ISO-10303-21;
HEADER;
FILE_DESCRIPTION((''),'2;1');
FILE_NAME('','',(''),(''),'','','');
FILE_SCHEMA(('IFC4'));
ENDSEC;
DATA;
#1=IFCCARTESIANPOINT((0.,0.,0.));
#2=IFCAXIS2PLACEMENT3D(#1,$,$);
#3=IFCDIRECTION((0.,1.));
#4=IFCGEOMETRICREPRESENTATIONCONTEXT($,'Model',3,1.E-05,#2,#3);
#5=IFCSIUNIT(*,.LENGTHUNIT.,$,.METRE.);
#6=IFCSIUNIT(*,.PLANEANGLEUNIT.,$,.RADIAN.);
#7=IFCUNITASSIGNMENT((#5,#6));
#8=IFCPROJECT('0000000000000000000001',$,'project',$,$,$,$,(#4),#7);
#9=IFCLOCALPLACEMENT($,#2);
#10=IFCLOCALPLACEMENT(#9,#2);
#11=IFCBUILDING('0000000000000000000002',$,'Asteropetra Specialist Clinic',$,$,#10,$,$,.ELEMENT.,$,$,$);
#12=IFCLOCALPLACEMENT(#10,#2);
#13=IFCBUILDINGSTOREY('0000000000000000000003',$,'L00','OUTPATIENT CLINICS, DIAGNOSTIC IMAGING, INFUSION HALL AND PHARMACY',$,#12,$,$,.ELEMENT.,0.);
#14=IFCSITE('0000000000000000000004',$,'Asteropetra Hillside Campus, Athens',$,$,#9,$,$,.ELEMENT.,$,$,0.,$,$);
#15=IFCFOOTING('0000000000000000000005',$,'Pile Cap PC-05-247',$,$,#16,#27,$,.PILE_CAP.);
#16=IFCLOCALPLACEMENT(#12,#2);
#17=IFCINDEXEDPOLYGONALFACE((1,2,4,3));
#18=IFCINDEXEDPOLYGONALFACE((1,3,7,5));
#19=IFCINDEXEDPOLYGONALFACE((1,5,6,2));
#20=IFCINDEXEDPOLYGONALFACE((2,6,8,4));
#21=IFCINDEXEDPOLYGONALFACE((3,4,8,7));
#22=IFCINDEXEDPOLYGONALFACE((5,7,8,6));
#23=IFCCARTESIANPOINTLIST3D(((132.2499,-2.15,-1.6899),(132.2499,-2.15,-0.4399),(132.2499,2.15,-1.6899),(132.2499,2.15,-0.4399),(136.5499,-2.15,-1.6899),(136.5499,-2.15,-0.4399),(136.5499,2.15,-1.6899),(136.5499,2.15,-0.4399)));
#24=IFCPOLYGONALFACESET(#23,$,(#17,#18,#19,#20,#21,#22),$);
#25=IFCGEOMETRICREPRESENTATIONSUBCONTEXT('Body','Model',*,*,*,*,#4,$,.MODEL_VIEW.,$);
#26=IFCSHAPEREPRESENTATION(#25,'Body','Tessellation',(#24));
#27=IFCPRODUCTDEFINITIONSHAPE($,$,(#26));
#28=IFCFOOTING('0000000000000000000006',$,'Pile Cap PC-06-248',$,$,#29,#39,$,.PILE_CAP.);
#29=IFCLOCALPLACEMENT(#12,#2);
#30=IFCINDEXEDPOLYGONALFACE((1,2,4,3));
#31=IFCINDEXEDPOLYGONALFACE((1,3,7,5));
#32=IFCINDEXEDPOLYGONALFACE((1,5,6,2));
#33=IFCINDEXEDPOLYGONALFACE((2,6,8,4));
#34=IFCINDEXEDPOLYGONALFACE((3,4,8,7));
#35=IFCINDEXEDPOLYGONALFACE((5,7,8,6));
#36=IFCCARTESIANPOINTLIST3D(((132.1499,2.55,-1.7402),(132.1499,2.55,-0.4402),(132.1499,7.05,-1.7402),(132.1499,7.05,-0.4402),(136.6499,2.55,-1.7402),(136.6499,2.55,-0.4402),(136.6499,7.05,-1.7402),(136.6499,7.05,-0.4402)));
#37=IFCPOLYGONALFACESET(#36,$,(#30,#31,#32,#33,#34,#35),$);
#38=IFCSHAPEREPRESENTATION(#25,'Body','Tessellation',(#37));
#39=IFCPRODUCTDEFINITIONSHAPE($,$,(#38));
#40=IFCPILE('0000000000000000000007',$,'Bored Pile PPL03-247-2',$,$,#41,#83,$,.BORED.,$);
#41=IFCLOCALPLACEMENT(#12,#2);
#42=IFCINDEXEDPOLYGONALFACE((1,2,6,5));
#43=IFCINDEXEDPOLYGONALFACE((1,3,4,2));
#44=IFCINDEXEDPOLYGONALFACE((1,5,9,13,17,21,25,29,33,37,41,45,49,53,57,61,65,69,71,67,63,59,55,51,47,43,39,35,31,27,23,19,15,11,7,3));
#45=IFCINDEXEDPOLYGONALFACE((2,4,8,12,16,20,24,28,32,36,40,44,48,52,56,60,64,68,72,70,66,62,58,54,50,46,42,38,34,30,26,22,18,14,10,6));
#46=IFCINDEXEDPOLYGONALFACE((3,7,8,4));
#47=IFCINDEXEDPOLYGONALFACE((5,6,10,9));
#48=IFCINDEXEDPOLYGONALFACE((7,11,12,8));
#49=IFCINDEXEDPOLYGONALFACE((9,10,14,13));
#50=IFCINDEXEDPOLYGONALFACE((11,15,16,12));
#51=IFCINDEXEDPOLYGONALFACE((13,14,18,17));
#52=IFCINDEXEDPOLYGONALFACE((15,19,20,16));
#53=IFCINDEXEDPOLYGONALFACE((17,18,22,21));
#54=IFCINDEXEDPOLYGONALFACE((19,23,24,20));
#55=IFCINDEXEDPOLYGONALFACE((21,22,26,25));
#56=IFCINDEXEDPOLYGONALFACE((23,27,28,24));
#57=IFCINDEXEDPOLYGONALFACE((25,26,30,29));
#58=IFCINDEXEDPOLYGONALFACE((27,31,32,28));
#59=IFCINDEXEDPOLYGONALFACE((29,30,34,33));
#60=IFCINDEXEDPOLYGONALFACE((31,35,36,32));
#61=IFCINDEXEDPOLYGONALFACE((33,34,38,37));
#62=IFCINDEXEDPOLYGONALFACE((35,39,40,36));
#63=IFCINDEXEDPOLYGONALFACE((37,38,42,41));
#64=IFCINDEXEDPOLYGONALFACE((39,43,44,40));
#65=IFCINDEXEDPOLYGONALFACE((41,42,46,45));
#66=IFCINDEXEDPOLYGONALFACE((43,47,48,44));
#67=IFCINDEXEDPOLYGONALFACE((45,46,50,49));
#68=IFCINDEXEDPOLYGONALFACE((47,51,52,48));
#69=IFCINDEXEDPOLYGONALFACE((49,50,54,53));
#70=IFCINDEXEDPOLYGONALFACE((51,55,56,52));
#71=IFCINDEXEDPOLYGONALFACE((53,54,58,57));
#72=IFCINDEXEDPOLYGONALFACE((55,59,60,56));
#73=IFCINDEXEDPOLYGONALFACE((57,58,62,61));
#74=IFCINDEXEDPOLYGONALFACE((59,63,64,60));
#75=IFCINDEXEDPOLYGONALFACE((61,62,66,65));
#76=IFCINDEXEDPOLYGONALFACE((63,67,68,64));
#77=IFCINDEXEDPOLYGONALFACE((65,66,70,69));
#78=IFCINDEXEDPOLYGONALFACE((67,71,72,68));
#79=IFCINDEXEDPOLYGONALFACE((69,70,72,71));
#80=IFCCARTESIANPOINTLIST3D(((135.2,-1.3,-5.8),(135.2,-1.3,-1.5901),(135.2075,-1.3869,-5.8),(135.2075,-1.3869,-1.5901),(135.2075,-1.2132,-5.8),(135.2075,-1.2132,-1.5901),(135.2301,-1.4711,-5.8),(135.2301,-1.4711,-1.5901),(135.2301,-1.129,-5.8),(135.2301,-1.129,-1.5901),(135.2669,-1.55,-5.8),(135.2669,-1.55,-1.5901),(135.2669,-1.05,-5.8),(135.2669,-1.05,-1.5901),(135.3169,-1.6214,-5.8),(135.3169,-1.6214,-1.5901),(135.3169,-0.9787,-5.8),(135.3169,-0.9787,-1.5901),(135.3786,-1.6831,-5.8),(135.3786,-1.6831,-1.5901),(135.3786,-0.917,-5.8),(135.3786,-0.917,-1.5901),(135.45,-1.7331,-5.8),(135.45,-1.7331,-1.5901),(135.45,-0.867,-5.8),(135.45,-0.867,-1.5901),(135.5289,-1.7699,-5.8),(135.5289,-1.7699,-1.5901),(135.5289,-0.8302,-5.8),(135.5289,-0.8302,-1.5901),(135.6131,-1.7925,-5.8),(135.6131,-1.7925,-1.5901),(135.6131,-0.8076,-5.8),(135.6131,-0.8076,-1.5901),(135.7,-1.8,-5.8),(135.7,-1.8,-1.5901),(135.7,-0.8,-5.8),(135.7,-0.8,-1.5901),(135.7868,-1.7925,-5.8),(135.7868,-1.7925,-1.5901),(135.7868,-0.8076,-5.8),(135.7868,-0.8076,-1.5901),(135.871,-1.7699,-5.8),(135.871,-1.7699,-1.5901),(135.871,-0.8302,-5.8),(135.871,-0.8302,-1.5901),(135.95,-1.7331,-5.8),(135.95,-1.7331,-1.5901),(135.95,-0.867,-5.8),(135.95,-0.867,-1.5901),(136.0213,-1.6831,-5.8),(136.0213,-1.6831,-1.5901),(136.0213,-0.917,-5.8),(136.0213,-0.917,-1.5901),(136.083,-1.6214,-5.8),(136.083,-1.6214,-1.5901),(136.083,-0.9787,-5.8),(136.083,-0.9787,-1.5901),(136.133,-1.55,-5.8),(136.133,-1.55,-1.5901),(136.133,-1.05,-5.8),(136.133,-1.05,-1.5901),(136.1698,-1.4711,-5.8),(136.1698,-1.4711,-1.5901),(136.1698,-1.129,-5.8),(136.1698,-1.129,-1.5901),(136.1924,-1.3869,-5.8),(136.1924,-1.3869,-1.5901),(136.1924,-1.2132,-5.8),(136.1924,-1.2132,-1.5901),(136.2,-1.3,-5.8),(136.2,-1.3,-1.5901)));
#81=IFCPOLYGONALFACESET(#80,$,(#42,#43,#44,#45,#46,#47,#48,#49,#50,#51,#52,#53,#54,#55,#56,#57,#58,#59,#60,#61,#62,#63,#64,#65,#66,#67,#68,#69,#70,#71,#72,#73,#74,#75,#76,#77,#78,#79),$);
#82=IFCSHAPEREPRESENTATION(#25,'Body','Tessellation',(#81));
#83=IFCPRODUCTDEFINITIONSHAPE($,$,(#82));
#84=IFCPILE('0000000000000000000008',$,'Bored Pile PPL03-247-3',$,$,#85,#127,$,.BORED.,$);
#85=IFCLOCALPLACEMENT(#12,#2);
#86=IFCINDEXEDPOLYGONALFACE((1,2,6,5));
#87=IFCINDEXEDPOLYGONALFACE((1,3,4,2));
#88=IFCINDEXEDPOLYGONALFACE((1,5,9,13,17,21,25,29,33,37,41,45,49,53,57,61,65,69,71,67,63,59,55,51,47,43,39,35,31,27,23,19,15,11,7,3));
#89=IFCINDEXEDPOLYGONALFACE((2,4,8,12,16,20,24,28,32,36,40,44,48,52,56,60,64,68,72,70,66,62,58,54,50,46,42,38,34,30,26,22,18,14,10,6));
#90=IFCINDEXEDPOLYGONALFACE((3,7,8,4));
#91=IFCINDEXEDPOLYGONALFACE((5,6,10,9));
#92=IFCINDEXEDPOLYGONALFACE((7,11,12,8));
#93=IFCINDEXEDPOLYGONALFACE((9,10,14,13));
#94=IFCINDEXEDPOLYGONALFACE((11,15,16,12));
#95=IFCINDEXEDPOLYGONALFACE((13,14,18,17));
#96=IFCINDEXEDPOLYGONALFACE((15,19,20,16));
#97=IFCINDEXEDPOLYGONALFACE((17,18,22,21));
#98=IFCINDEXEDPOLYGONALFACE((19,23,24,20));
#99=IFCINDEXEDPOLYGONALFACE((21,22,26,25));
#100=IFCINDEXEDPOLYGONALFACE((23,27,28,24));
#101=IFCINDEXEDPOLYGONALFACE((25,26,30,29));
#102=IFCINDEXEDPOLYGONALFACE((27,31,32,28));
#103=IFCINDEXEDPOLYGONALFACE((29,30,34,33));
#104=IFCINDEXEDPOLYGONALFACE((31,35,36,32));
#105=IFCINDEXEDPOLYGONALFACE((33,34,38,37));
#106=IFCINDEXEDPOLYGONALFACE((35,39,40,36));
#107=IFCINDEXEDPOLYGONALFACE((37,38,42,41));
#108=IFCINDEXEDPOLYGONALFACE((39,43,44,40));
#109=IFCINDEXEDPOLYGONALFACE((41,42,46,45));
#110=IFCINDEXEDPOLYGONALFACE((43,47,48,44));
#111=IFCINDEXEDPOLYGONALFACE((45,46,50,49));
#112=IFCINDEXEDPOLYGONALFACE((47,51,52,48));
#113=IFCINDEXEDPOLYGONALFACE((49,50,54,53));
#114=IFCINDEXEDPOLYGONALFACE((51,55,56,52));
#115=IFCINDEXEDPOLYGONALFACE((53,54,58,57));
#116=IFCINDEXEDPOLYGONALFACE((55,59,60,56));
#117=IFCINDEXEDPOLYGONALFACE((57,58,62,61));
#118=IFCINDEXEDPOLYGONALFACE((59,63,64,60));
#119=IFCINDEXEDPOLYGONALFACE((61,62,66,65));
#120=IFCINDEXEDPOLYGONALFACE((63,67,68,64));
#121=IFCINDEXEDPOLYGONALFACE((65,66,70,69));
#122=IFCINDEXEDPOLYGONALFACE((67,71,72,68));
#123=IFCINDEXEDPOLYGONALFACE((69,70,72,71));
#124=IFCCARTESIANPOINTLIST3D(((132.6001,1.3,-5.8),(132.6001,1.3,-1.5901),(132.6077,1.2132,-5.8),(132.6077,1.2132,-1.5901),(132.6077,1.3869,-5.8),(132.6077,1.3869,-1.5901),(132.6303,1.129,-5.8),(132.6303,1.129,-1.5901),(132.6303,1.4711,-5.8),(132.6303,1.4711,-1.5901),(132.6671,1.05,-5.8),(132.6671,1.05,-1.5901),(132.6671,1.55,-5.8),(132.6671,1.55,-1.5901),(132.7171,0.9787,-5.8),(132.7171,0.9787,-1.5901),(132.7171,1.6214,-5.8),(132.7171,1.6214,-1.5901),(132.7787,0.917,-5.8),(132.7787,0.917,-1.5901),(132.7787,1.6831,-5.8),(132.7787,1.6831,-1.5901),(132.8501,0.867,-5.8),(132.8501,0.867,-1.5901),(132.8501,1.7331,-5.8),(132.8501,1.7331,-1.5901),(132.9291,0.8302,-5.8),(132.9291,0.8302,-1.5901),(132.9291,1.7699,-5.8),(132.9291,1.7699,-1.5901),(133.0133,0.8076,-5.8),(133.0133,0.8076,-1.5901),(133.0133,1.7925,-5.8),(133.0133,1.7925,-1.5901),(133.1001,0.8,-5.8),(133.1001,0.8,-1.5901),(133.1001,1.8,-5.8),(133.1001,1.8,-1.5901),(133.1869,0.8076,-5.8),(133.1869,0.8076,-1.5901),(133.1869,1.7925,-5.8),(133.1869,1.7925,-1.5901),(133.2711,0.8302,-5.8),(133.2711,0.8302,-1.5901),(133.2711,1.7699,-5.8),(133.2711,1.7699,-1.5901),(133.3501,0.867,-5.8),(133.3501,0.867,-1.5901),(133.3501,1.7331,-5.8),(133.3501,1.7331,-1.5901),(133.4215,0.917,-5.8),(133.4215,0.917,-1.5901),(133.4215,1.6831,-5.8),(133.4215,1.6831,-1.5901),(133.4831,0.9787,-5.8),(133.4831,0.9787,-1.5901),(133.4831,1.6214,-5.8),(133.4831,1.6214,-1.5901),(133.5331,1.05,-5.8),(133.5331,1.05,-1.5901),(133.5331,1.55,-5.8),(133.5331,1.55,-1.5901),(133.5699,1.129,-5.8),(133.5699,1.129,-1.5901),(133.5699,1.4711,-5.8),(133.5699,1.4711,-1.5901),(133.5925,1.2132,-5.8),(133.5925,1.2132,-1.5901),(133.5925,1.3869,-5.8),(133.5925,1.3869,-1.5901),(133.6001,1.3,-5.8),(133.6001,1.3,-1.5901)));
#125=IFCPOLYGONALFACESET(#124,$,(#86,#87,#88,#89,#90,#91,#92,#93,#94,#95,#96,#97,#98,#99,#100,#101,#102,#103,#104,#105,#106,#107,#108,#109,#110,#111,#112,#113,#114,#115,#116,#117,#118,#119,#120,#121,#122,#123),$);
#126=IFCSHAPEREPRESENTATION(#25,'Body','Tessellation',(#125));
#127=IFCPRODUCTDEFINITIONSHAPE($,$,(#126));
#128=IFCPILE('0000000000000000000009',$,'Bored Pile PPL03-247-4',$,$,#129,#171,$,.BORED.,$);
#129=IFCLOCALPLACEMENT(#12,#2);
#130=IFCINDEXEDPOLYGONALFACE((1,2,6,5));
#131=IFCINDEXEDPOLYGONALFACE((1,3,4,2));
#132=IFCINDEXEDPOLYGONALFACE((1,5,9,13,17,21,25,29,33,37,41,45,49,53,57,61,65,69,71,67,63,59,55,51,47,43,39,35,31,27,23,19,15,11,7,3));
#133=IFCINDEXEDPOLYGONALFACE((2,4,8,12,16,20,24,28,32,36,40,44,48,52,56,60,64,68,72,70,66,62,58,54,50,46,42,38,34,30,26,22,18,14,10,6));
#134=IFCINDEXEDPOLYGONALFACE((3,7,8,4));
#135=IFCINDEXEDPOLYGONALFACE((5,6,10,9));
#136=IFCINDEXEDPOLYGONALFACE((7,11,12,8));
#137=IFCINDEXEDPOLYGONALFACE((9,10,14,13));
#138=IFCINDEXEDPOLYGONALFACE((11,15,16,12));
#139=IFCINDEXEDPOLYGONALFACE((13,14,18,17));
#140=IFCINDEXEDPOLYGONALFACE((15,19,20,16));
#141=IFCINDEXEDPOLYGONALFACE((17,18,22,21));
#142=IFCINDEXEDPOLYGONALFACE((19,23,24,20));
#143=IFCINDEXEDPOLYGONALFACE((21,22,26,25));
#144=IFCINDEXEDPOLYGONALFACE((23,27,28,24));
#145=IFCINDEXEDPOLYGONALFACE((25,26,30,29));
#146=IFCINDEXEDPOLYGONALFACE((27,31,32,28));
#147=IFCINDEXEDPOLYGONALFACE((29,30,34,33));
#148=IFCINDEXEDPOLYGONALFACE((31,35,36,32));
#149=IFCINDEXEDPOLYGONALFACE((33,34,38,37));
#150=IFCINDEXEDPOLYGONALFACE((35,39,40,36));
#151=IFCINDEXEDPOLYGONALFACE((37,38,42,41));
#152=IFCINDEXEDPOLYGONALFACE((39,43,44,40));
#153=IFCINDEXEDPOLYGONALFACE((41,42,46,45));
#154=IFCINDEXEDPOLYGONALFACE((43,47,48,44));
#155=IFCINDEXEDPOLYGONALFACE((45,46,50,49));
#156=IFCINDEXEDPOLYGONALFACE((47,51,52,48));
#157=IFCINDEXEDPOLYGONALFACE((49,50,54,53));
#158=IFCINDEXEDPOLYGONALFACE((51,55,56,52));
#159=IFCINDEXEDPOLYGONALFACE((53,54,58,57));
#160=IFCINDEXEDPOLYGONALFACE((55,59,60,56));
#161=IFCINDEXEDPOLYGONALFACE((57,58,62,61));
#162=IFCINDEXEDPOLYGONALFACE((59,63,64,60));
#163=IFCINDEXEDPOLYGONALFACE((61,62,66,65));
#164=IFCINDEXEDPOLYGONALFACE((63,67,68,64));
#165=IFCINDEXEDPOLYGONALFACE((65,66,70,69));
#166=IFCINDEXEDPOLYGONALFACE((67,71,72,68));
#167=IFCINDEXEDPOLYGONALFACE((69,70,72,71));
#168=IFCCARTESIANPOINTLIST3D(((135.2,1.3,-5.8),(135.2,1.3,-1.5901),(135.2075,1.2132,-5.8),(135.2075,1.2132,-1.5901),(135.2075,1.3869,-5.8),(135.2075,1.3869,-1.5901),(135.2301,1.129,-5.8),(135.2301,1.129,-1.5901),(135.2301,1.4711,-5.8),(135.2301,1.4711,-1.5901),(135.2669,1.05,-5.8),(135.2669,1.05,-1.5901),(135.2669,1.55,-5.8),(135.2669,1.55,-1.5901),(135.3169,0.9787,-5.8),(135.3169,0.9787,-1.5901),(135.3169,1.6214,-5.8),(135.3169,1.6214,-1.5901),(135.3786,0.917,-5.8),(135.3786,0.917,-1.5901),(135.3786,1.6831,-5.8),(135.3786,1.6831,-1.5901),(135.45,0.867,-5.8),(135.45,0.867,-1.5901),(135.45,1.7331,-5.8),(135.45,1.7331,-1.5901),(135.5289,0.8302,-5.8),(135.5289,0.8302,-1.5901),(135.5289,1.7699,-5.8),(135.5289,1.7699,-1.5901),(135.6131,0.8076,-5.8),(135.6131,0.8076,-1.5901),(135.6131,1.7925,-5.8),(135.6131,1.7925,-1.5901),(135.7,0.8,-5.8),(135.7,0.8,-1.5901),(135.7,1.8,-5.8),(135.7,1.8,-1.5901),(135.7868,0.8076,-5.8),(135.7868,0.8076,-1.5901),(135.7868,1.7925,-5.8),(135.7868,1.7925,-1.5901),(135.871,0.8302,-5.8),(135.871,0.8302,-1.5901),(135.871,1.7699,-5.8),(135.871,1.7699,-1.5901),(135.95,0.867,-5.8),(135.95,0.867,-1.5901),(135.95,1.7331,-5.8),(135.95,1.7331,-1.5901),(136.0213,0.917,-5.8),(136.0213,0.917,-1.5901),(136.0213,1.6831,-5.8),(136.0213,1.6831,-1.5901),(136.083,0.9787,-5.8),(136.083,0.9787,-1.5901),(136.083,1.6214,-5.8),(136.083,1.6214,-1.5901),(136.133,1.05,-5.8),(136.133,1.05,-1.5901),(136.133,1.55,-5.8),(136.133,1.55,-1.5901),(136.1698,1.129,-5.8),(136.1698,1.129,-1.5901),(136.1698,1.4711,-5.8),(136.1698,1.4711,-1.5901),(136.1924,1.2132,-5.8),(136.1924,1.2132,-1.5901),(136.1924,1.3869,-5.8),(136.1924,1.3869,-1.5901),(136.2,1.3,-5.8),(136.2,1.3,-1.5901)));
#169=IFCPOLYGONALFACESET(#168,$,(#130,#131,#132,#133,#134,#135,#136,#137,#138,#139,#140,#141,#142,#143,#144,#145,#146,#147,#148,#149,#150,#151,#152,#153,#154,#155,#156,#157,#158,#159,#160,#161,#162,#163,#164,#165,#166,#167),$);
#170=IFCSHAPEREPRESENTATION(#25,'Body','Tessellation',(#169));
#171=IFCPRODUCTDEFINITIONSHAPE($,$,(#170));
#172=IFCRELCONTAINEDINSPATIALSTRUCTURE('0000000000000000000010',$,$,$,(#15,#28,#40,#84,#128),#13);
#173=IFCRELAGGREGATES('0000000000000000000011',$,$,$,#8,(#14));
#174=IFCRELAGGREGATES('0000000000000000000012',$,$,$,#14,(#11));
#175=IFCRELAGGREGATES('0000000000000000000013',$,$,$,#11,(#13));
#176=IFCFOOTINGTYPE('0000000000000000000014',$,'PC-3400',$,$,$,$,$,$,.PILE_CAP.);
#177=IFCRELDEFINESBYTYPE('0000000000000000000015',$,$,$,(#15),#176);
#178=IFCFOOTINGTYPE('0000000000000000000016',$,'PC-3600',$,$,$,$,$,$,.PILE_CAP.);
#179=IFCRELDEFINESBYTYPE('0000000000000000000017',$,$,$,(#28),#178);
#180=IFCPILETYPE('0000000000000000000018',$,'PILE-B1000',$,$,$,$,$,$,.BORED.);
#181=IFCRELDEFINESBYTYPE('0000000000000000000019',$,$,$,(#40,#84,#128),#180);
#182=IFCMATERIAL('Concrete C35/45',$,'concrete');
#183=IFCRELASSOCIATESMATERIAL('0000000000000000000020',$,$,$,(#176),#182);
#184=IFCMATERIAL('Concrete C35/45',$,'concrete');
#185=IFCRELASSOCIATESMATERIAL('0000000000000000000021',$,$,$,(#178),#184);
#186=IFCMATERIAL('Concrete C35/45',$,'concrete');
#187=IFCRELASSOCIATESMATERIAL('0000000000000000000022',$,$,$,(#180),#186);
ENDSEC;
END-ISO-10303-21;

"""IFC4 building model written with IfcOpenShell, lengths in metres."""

from ifc_helpers import new_model, si_unit, direction, frame, origin, origin_2d, place, context, subcontext, project, spatial, rectangle, circle, extrude, material, material_profile, profile_set, type_object, element, save


model = new_model("IFC4")

# Units and contexts
model_context = context("Model", 3, precision=1e-05, world=origin(), true_north=direction((0.0, 1.0)))
body_context = subcontext(model_context, "Body", "Model", "MODEL_VIEW")
ifc_project = project(units=[si_unit("LENGTHUNIT", "METRE"), si_unit("PLANEANGLEUNIT", "RADIAN")], contexts=[model_context])

# Site, building, storey
site_placement = place(None, origin())
site = spatial("IfcSite", under=ifc_project, at=site_placement, Name="Asteropetra Hillside Campus, Athens", CompositionType="ELEMENT", RefElevation=0.0)
building_placement = place(site_placement, origin())
building = spatial("IfcBuilding", under=site, at=building_placement, Name="Asteropetra Specialist Clinic", CompositionType="ELEMENT")
storey_placement = place(building_placement, origin())
storey = spatial("IfcBuildingStorey", under=building, at=storey_placement, Name="L00", Description="OUTPATIENT CLINICS, DIAGNOSTIC IMAGING, INFUSION HALL AND PHARMACY", CompositionType="ELEMENT", Elevation=0.0)

# Footings
ifc_material_1 = material(Name="Concrete C35/45", Category="concrete")
footing_type_1 = type_object("IfcFootingType", Name="PC-3400", PredefinedType="PILE_CAP", material=ifc_material_1)
footing_1_placement = place(storey_placement, frame((134.3999, 0.0, -1.6899), z_axis=(0.0, 0.0, 1.0), x_axis=(1.0, 0.0, 0.0)))
element("IfcFooting", 1, at=footing_1_placement, inside=storey, type_object=footing_type_1, Name="Pile Cap PC-05-247", PredefinedType="PILE_CAP", context=body_context, shape_type="SweptSolid", body=[
    extrude(rectangle(XDim=4.3, YDim=4.3, at=origin_2d()), origin(), (0.0, 0.0, 1.0), 1.25),
])
ifc_material_2 = material(Name="Concrete C35/45", Category="concrete")
footing_type_2 = type_object("IfcFootingType", Name="PC-3600", PredefinedType="PILE_CAP", material=ifc_material_2)
footing_2_placement = place(storey_placement, frame((134.3999, 4.8, -1.7402), z_axis=(0.0, 0.0, 1.0), x_axis=(1.0, 0.0, 0.0)))
element("IfcFooting", 2, at=footing_2_placement, inside=storey, type_object=footing_type_2, Name="Pile Cap PC-06-248", PredefinedType="PILE_CAP", context=body_context, shape_type="SweptSolid", body=[
    extrude(rectangle(XDim=4.5, YDim=4.5, at=origin_2d()), origin(), (0.0, 0.0, 1.0), 1.3),
])

# Piles
ifc_material_3 = material(Name="Concrete C35/45", Category="concrete")
ifc_material_profile_1 = material_profile(ifc_material_3, circle(Radius=0.5, at=origin_2d()), Name="PILE D1000")
ifc_profile_set_1 = profile_set([ifc_material_profile_1], Name="Concrete C35/45")
pile_type = type_object("IfcPileType", Name="PILE-B1000", PredefinedType="BORED", material=ifc_profile_set_1)
for number, where, z_axis, x_axis, name in (
    (3, (135.7, -1.3, -1.5901), (0.0, 0.0, -1.0), (1.0, 0.0, 0.0), "Bored Pile PPL03-247-2"),
    (4, (133.1001, 1.3, -1.5901), (0.0, 0.0, -1.0), (1.0, 0.0, 0.0), "Bored Pile PPL03-247-3"),
    (5, (135.7, 1.3, -1.5901), (0.0, 0.0, -1.0), (1.0, 0.0, 0.0), "Bored Pile PPL03-247-4"),
):
    element("IfcPile", number, at=place(storey_placement, frame(where, z_axis=z_axis, x_axis=x_axis)), inside=storey, type_object=pile_type, Name=name, PredefinedType="BORED", context=body_context, shape_type="SweptSolid", body=[
        extrude(circle(Radius=0.5, at=origin_2d()), origin(), (0.0, 0.0, 1.0), 4.21),
    ])

save(model, "model.ifc")
